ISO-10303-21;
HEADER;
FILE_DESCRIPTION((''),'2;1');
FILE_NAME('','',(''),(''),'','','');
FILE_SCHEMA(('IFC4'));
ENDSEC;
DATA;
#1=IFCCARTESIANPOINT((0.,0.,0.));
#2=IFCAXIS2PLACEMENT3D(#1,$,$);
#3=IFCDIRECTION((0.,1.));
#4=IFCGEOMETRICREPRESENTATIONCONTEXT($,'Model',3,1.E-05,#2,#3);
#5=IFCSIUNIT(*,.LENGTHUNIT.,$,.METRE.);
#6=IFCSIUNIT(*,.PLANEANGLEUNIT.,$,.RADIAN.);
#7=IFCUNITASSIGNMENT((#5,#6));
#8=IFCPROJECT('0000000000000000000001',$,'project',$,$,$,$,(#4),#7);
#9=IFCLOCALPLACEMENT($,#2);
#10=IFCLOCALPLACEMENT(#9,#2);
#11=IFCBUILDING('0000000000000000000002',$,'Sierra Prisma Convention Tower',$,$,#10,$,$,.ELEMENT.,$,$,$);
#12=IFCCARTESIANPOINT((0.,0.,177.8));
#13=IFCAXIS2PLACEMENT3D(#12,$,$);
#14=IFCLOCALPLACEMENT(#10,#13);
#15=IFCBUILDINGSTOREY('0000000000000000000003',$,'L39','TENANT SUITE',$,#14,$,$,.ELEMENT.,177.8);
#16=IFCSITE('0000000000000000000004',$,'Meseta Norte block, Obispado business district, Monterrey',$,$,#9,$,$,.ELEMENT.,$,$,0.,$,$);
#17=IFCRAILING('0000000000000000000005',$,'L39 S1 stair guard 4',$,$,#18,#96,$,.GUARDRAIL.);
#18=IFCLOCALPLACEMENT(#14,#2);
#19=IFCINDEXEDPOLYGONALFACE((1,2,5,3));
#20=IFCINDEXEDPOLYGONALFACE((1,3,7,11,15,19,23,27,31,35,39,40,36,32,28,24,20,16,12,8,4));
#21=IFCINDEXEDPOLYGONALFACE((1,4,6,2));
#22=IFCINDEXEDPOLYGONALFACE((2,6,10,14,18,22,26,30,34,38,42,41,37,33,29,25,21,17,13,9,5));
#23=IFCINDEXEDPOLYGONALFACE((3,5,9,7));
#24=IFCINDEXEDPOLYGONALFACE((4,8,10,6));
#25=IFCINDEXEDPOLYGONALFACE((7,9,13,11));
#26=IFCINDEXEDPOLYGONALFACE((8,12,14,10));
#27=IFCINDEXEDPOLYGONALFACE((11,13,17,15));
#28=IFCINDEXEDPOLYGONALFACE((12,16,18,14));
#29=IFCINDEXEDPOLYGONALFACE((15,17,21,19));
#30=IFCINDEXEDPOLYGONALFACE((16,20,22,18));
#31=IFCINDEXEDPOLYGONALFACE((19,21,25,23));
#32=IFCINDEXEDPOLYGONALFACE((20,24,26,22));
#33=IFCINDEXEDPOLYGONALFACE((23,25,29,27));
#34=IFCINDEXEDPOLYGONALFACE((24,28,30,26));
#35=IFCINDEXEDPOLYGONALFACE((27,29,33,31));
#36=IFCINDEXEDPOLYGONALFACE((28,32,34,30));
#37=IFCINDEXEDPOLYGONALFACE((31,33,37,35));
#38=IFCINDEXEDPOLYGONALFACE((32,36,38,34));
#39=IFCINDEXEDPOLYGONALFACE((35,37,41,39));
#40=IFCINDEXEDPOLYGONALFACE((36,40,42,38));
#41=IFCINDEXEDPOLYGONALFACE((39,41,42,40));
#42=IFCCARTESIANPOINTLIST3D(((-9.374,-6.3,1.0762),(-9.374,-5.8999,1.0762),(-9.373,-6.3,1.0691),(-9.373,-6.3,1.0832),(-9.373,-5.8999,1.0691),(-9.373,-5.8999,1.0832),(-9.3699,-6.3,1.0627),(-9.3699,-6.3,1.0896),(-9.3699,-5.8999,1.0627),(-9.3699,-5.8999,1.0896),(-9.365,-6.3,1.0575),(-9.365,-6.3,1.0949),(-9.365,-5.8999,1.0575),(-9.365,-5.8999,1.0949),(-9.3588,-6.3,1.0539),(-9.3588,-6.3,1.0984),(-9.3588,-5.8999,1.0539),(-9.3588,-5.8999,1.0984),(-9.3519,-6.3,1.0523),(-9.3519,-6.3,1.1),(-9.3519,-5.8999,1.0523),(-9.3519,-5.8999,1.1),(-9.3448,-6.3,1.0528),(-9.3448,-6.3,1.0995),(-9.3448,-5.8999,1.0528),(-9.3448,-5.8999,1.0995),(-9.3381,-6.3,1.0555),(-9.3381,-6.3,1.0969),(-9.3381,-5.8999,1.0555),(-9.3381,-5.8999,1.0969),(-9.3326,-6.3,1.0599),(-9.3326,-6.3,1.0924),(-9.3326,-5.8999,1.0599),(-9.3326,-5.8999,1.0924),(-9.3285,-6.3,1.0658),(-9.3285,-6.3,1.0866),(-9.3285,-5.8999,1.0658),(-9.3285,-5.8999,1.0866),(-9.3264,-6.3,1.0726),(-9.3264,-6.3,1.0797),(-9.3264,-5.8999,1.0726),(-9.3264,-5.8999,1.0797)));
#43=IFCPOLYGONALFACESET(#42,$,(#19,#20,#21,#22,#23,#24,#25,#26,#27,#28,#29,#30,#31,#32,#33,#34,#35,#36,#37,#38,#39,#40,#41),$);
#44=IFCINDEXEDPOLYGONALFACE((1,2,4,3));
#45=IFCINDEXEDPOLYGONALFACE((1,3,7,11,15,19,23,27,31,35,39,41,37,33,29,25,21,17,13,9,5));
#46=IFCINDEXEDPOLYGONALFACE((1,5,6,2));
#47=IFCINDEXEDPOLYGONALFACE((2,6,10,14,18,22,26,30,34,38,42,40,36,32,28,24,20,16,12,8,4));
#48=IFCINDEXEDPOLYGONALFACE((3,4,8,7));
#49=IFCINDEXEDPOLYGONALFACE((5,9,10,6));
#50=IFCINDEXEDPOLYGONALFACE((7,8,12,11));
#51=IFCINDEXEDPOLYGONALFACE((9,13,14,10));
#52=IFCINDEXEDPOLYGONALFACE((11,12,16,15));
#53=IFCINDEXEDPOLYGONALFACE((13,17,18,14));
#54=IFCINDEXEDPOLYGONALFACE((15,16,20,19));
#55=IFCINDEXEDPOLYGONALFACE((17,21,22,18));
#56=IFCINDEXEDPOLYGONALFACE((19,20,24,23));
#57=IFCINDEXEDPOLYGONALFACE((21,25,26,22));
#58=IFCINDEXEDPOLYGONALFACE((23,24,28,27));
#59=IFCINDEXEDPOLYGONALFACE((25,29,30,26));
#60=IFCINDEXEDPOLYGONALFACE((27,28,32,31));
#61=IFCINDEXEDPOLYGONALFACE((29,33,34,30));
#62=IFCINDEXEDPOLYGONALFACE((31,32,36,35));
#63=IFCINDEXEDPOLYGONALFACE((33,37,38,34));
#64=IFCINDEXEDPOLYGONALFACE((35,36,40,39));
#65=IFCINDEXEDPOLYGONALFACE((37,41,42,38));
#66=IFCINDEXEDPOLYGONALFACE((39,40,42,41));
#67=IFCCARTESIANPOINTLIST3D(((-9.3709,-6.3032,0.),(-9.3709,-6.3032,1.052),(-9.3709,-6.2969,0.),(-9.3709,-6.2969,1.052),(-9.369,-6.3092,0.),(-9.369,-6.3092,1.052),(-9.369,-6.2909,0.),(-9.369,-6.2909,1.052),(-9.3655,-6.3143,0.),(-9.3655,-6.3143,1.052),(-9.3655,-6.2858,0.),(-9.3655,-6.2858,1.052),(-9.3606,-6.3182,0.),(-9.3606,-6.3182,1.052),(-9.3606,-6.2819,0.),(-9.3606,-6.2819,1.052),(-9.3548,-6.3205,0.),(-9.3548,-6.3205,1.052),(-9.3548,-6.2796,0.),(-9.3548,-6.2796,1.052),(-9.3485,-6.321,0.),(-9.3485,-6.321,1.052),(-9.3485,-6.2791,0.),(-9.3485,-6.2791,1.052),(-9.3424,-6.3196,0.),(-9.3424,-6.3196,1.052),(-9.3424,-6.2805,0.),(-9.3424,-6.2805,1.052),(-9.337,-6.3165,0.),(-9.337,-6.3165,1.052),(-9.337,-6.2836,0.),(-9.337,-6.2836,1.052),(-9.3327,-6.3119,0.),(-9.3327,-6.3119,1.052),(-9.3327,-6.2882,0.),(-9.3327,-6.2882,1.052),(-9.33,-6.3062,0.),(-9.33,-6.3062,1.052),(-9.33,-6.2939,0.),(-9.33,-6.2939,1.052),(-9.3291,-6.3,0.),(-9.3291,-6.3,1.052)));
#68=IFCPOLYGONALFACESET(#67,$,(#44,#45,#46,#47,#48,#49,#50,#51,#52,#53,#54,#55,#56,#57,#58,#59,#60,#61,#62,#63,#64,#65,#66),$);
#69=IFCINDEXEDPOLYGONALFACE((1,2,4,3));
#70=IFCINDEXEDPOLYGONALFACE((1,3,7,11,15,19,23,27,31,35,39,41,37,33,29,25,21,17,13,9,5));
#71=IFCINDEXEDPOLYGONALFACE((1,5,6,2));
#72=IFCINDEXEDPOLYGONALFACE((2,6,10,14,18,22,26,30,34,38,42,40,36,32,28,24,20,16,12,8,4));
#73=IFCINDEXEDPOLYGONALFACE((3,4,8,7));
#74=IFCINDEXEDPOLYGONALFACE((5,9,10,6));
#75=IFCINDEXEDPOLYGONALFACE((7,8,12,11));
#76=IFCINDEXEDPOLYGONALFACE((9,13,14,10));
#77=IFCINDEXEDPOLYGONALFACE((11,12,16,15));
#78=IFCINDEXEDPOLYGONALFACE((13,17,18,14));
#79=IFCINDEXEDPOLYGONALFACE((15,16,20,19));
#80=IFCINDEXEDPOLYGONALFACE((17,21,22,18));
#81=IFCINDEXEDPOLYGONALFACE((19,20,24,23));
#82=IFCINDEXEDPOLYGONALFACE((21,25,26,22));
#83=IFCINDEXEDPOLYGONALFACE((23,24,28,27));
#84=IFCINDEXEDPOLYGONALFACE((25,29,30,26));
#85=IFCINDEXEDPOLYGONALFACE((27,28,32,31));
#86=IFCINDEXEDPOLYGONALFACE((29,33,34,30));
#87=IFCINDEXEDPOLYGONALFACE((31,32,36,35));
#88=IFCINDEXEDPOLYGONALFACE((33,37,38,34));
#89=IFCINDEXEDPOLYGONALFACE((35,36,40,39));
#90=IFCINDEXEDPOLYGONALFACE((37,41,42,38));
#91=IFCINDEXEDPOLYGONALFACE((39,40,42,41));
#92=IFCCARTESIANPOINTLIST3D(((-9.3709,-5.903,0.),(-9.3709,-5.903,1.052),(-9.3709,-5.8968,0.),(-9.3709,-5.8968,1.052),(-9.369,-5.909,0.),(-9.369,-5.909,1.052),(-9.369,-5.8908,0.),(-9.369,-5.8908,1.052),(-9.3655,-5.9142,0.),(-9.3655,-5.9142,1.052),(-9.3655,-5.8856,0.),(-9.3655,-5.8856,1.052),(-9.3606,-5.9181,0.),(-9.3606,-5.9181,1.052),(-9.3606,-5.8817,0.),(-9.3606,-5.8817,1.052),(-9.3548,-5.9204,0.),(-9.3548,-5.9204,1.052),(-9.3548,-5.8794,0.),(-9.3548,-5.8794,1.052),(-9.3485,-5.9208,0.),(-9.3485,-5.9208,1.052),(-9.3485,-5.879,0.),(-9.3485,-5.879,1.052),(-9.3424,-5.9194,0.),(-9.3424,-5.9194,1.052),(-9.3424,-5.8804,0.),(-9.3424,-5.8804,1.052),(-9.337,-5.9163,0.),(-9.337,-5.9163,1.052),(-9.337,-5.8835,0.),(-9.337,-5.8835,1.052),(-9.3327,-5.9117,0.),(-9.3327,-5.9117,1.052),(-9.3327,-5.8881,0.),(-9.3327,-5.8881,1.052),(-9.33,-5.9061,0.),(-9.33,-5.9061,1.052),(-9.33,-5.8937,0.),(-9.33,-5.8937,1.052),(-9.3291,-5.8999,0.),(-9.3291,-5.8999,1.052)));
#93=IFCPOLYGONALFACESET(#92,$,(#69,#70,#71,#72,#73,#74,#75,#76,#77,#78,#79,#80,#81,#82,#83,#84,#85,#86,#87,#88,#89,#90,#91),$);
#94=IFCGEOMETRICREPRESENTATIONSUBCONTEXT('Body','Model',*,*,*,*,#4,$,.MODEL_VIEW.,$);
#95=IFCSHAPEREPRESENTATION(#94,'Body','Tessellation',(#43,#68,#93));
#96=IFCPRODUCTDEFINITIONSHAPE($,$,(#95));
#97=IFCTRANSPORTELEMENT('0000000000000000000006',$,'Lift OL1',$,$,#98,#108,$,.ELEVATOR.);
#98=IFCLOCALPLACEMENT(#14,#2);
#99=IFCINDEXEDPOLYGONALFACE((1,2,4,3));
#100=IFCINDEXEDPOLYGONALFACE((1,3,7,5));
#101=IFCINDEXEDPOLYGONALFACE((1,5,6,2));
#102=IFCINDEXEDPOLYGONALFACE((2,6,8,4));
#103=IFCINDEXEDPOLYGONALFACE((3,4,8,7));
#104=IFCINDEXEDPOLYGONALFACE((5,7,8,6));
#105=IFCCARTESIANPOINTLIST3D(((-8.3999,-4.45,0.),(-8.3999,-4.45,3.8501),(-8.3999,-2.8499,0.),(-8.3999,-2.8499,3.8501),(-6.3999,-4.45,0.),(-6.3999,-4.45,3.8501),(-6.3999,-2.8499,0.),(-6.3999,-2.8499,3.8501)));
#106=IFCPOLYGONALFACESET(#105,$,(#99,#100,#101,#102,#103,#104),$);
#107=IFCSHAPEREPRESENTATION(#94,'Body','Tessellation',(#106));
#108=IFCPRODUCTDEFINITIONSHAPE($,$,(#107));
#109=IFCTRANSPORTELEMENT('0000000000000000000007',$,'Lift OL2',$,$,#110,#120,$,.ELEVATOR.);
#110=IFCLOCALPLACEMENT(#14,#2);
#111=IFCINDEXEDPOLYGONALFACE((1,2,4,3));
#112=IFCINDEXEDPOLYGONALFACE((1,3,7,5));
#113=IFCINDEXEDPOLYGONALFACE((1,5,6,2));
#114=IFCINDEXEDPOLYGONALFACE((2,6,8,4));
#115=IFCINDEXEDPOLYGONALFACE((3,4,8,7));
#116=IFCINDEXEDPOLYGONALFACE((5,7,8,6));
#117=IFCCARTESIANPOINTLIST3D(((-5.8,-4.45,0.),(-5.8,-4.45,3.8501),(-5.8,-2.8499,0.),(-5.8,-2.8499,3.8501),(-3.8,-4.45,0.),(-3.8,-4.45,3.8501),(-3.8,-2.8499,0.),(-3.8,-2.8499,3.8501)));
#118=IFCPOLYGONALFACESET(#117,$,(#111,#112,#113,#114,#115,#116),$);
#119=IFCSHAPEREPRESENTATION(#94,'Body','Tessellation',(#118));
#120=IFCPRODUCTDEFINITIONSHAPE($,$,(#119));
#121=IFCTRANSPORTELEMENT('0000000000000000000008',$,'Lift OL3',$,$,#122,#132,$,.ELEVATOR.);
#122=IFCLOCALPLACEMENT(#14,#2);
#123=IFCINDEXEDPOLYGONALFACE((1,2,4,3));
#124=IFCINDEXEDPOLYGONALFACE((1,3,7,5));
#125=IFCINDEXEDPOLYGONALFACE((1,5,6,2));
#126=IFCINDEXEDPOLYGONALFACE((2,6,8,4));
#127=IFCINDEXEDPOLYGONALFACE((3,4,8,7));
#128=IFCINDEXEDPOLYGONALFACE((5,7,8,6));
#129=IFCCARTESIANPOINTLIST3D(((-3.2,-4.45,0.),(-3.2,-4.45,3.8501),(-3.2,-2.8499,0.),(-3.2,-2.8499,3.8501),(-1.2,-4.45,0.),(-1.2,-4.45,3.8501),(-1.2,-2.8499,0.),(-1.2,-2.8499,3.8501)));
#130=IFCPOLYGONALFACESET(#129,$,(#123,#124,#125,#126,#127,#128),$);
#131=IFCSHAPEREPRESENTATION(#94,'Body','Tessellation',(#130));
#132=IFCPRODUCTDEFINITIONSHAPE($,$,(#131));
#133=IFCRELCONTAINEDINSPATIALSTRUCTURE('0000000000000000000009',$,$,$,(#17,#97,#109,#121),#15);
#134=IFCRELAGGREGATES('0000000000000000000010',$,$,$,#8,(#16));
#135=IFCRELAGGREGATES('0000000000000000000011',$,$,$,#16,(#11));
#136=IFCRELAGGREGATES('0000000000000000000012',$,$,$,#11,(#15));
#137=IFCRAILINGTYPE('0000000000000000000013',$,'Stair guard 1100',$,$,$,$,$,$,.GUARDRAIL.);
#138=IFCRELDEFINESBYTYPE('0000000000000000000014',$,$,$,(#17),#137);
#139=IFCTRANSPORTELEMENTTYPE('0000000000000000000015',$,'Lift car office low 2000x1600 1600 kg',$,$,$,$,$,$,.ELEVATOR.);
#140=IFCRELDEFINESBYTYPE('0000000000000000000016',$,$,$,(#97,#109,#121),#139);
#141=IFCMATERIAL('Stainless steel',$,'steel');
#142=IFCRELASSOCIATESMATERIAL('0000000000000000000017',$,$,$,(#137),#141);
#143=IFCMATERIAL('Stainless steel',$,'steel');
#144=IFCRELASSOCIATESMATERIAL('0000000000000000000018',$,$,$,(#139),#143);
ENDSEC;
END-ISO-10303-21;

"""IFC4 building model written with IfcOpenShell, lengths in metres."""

from ifc_helpers import new_model, si_unit, direction, frame, origin, origin_2d, place, context, subcontext, project, spatial, rectangle, circle, extrude, material, type_object, element, save


model = new_model("IFC4")

# Units and contexts
model_context = context("Model", 3, precision=1e-05, world=origin(), true_north=direction((0.0, 1.0)))
body_context = subcontext(model_context, "Body", "Model", "MODEL_VIEW")
ifc_project = project(units=[si_unit("LENGTHUNIT", "METRE"), si_unit("PLANEANGLEUNIT", "RADIAN")], contexts=[model_context])

# Site, building, storey
site_placement = place(None, origin())
site = spatial("IfcSite", under=ifc_project, at=site_placement, Name="Meseta Norte block, Obispado business district, Monterrey", CompositionType="ELEMENT", RefElevation=0.0)
building_placement = place(site_placement, origin())
building = spatial("IfcBuilding", under=site, at=building_placement, Name="Sierra Prisma Convention Tower", CompositionType="ELEMENT")
storey_placement = place(building_placement, frame((0.0, 0.0, 177.8)))
storey = spatial("IfcBuildingStorey", under=building, at=storey_placement, Name="L39", Description="TENANT SUITE", CompositionType="ELEMENT", Elevation=177.8)

# Railing
ifc_material_1 = material(Name="Stainless steel", Category="steel")
railing_type_1 = type_object("IfcRailingType", Name="Stair guard 1100", PredefinedType="GUARDRAIL", material=ifc_material_1)
railing_1_placement = place(storey_placement, frame((-9.3501, -6.3, 0.0)))
element("IfcRailing", 1, at=railing_1_placement, inside=storey, type_object=railing_type_1, Name="L39 S1 stair guard 4", PredefinedType="GUARDRAIL", context=body_context, shape_type="SweptSolid", body=[
    extrude(circle(Radius=0.0239, at=origin_2d()), frame((0.0, 0.0, 1.0762), z_axis=(0.0, 1.0, 0.0), x_axis=(-1.0, 0.0, 0.0)), (0.0, 0.0, 1.0), 0.4001),
    extrude(circle(Radius=0.021, at=origin_2d()), origin(), (0.0, 0.0, 1.0), 1.052),
    extrude(circle(Radius=0.021, at=origin_2d()), frame((0.0, 0.4001, 0.0)), (0.0, 0.0, 1.0), 1.052),
])

# Transport elements
ifc_material_2 = material(Name="Stainless steel", Category="steel")
transport_element_type = type_object("IfcTransportElementType", Name="Lift car office low 2000x1600 1600 kg", PredefinedType="ELEVATOR", material=ifc_material_2)
for number, where, z_axis, x_axis, name in (
    (2, (-7.3999, -3.6499, 0.0), (0.0, 0.0, 1.0), (1.0, 0.0, 0.0), "Lift OL1"),
    (3, (-4.8, -3.6499, 0.0), (0.0, 0.0, 1.0), (1.0, 0.0, 0.0), "Lift OL2"),
    (4, (-2.2, -3.6499, 0.0), (0.0, 0.0, 1.0), (1.0, 0.0, 0.0), "Lift OL3"),
):
    element("IfcTransportElement", number, at=place(storey_placement, frame(where, z_axis=z_axis, x_axis=x_axis)), inside=storey, type_object=transport_element_type, Name=name, PredefinedType="ELEVATOR", context=body_context, shape_type="SweptSolid", body=[
        extrude(rectangle(XDim=2.0, YDim=1.6001, at=origin_2d()), origin(), (0.0, 0.0, 1.0), 3.8501),
    ])

save(model, "model.ifc")
